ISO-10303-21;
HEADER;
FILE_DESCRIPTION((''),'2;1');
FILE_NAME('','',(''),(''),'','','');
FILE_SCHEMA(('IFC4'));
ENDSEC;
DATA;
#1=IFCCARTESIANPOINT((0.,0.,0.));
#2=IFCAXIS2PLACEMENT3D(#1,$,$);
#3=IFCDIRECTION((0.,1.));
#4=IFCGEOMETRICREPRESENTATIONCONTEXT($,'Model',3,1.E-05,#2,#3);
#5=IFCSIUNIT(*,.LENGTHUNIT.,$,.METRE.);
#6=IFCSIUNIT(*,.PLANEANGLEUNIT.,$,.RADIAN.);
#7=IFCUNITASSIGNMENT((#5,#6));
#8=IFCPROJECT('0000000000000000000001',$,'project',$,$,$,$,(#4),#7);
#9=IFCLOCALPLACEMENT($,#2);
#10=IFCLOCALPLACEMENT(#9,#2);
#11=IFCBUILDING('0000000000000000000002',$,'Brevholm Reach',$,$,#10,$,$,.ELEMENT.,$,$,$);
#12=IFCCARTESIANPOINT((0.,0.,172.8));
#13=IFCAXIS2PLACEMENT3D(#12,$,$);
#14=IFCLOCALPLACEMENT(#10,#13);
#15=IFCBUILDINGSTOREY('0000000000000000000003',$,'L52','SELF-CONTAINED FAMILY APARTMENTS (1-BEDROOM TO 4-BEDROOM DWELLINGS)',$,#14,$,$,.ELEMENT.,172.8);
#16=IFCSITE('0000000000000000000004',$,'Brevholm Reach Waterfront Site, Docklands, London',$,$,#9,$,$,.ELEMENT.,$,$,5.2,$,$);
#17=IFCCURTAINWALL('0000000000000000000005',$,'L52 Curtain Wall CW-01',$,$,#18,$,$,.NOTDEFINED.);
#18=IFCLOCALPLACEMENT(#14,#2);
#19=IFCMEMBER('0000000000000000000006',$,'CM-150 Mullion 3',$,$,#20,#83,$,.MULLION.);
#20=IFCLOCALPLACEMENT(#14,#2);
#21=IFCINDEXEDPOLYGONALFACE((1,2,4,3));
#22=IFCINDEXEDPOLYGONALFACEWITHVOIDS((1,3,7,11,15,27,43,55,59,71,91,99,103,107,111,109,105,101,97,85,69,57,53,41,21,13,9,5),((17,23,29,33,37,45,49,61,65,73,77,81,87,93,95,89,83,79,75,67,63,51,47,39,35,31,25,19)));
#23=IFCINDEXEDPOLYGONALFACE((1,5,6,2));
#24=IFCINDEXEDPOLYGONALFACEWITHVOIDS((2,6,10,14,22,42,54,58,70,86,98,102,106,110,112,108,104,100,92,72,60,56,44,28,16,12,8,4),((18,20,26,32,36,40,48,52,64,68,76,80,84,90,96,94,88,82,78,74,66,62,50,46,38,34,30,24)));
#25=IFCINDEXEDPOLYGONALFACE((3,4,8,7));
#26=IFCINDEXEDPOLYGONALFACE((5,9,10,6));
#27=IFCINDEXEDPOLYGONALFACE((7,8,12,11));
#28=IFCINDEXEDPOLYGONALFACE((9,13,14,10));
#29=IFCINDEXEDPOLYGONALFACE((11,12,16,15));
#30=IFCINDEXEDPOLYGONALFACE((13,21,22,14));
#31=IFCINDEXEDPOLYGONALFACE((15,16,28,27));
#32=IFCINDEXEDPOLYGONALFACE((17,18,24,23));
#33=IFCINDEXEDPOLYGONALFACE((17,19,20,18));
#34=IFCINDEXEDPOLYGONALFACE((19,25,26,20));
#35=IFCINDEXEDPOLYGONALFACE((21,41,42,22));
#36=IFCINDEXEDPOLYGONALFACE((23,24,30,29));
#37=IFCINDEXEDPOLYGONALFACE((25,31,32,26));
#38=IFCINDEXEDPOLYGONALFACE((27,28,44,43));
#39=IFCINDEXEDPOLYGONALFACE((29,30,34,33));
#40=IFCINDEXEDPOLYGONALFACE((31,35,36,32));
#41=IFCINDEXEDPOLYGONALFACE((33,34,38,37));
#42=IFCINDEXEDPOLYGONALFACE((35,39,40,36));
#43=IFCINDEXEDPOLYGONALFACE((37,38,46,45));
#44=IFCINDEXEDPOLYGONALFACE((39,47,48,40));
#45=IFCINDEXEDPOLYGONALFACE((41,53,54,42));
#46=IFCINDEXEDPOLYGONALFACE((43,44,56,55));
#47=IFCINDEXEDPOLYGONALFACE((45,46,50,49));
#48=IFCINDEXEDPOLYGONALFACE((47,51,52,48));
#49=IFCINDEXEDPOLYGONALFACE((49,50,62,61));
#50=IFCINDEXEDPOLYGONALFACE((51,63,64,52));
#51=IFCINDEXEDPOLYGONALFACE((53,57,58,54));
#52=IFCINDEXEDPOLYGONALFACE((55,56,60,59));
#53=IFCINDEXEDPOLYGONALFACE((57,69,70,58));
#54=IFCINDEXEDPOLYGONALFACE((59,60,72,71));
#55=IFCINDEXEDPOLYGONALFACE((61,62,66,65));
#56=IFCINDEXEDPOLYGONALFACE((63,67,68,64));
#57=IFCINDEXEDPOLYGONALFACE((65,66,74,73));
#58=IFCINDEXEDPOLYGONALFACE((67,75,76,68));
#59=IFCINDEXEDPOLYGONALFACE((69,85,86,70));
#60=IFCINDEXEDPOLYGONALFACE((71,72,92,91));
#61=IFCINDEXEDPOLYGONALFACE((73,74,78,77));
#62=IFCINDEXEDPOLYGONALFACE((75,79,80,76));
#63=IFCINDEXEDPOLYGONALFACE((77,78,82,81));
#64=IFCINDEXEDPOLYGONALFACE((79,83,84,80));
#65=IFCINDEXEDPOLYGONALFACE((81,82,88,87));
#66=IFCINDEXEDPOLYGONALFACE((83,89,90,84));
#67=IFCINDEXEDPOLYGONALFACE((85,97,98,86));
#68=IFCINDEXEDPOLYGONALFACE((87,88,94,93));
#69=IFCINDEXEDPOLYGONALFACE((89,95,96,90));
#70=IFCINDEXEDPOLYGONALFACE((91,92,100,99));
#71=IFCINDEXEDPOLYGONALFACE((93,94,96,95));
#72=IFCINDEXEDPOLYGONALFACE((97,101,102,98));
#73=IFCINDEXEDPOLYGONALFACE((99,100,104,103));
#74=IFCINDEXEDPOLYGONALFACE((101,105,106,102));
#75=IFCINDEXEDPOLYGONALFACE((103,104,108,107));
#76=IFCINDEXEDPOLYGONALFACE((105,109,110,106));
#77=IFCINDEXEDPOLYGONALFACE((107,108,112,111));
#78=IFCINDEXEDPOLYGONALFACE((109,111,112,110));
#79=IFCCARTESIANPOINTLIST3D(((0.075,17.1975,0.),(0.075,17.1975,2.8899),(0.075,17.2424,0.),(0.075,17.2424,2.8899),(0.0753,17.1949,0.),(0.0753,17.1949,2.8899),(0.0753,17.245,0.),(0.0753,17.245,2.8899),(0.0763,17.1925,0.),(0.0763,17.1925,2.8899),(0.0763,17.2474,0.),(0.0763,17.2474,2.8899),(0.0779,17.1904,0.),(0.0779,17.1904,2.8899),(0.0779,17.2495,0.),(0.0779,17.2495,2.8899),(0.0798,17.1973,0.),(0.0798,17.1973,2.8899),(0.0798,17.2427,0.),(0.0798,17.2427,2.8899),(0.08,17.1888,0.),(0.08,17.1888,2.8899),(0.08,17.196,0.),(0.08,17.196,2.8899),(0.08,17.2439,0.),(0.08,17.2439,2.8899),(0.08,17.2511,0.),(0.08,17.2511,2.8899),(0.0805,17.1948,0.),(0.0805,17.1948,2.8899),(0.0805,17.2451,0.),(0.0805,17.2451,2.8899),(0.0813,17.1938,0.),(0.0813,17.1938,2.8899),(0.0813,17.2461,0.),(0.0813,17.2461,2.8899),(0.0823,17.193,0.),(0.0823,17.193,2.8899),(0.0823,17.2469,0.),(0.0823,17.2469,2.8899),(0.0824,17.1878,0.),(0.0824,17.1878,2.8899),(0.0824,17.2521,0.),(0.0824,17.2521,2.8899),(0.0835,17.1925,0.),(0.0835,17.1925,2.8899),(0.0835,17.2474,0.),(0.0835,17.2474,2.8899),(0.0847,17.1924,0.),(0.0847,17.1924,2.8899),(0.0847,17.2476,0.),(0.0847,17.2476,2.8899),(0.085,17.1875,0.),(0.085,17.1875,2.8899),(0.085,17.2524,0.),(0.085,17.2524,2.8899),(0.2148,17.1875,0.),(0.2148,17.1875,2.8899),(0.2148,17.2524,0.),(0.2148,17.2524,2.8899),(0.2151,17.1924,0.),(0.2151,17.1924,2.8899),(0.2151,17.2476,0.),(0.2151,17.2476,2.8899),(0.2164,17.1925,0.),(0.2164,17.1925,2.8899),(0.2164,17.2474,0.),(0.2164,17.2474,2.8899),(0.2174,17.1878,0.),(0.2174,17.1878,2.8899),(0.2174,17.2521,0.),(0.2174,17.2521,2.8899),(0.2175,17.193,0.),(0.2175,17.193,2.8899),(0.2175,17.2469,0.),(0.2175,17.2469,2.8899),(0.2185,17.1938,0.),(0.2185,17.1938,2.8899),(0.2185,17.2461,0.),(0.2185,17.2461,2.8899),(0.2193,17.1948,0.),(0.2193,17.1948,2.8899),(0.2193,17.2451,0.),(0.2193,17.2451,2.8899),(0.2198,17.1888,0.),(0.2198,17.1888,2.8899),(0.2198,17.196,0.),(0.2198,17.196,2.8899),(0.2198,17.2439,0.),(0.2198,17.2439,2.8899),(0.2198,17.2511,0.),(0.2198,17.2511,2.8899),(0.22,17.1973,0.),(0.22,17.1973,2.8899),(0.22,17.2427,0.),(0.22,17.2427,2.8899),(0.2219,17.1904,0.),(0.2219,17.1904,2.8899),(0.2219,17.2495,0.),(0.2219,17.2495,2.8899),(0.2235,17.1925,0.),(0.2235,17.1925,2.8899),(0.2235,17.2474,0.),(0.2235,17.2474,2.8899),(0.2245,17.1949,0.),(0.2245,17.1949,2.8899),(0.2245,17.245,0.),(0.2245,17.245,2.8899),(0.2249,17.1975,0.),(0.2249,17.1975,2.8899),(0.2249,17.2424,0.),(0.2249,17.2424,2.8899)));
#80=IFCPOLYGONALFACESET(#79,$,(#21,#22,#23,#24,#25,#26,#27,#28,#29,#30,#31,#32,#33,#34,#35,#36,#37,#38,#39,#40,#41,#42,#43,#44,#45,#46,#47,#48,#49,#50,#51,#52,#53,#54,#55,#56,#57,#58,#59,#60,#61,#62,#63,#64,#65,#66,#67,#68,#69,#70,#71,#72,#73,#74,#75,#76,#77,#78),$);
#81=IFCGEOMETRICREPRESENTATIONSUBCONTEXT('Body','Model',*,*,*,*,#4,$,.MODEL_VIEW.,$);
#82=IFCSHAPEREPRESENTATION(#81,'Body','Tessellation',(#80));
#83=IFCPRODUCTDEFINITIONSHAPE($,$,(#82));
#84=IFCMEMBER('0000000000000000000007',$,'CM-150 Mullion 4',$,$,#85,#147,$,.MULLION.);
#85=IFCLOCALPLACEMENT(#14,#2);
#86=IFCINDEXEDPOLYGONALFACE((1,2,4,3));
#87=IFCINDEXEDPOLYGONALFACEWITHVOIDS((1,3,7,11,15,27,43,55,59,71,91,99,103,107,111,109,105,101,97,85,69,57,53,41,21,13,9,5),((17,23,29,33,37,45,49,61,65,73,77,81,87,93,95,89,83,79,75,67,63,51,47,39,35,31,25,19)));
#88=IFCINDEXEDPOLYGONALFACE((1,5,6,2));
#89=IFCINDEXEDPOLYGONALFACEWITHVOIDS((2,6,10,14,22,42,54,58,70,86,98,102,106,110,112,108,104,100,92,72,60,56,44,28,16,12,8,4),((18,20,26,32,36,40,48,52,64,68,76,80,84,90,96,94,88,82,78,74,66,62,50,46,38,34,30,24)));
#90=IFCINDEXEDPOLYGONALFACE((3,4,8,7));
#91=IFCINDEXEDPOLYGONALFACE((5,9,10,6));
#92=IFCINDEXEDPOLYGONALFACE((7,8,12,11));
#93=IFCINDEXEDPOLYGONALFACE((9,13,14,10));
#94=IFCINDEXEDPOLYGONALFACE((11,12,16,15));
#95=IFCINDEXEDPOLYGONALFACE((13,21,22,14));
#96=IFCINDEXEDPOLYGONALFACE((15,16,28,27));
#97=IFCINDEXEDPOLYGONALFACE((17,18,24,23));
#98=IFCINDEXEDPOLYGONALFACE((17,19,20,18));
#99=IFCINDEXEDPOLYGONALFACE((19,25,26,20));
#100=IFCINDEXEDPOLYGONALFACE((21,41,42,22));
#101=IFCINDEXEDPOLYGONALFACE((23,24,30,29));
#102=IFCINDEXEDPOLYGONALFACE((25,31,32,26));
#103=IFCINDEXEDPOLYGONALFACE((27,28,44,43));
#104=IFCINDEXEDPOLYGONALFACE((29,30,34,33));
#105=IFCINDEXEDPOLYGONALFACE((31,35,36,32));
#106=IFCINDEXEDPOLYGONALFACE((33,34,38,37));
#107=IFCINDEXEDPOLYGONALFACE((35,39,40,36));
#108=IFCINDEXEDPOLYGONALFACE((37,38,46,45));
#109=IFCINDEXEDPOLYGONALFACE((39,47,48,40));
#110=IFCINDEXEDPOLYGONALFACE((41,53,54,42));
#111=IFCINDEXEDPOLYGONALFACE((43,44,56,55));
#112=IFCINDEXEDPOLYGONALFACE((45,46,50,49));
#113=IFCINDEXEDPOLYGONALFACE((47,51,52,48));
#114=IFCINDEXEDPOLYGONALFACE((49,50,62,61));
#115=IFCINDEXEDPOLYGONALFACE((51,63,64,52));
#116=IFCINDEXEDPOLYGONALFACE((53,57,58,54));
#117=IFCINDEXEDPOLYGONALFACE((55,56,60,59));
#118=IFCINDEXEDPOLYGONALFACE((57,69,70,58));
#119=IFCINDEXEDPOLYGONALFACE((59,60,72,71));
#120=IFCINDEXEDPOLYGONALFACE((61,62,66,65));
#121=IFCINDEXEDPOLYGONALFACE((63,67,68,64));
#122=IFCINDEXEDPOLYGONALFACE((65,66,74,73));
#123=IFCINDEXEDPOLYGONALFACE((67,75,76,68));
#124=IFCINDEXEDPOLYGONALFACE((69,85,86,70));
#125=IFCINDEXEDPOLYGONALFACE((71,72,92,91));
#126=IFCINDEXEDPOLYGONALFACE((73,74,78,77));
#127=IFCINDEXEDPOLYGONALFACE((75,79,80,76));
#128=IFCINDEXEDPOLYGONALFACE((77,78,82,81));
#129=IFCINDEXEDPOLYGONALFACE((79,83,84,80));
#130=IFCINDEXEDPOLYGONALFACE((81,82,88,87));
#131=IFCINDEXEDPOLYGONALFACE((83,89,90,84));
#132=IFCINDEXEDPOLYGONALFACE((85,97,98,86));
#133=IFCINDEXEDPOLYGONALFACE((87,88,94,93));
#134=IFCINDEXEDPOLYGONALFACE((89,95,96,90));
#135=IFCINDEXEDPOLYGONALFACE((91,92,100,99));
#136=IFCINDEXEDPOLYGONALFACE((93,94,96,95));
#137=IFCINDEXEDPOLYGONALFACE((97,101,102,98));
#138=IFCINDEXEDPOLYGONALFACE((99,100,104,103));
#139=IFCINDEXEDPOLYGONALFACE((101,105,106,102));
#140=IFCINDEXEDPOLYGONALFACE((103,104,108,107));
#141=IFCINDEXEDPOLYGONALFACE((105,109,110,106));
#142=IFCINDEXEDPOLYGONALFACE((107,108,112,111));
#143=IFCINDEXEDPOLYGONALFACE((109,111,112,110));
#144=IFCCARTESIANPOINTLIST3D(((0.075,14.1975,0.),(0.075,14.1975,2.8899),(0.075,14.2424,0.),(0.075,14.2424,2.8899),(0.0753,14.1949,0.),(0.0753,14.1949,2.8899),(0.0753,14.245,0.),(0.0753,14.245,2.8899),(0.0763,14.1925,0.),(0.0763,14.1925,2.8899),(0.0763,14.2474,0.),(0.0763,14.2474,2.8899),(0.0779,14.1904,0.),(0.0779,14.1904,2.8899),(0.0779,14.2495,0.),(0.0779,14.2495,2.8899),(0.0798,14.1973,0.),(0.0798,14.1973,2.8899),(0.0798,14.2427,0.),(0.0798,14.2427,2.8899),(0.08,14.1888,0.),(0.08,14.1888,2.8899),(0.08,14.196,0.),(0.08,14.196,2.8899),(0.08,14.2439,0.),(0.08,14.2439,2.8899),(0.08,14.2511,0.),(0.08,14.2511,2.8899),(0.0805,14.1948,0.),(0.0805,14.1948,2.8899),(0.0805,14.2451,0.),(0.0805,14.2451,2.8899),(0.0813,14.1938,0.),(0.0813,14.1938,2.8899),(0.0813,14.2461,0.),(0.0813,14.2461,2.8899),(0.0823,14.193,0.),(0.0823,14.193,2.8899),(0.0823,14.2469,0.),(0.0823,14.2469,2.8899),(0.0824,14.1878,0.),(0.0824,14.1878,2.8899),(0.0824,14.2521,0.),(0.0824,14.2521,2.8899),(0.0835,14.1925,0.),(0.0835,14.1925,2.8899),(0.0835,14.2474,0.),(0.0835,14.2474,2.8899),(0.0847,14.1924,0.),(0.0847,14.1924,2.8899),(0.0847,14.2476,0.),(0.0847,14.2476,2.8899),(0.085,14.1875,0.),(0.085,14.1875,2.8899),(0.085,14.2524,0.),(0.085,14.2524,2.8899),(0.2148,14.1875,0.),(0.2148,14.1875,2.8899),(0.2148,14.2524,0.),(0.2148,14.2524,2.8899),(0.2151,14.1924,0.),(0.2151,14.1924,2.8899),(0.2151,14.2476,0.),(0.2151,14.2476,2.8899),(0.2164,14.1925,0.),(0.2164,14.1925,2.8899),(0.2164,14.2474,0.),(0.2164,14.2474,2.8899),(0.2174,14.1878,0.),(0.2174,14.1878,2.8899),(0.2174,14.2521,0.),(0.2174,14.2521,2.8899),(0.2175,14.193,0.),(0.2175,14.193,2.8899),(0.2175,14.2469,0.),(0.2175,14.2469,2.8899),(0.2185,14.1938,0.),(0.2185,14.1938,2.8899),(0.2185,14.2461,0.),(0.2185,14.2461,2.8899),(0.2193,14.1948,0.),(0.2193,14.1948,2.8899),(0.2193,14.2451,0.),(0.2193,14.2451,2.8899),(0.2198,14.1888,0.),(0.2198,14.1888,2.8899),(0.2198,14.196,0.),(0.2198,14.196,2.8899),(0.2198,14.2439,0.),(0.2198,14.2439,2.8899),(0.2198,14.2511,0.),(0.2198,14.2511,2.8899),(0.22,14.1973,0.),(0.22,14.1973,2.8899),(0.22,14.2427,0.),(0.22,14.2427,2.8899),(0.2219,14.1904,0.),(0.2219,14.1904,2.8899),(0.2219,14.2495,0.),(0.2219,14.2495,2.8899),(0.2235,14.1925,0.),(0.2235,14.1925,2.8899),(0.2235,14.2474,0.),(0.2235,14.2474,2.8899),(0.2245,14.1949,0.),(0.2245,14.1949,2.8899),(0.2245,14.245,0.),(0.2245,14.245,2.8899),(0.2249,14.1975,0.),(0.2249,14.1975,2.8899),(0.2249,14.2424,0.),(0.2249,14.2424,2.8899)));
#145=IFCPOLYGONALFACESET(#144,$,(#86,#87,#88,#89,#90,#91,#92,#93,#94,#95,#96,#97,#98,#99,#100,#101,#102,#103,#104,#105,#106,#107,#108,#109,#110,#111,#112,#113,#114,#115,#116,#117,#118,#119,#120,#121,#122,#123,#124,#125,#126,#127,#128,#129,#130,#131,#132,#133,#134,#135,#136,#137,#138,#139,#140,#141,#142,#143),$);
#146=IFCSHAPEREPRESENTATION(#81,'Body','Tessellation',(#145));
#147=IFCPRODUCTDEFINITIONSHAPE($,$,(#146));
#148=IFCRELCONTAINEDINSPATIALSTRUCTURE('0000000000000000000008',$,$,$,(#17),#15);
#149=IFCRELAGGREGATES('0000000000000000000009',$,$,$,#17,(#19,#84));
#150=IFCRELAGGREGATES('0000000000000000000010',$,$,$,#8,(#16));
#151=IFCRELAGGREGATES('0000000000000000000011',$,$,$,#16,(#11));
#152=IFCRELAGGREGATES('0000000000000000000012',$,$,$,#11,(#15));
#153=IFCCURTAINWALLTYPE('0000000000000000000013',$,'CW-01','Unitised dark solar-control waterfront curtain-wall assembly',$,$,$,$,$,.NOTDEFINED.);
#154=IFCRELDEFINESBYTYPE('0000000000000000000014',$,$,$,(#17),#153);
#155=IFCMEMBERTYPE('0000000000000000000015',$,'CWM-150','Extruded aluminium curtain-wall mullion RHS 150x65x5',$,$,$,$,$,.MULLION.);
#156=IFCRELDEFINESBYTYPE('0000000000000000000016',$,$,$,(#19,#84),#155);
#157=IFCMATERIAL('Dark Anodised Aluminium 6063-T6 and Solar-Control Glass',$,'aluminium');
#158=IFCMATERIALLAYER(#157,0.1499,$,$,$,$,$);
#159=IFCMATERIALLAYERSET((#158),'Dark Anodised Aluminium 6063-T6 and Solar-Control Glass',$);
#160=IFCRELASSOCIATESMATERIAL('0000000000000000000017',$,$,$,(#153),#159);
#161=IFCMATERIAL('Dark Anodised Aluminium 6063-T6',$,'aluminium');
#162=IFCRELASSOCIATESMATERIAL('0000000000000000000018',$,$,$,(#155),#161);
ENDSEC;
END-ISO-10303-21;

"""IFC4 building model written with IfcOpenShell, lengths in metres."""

from ifc_helpers import new_model, si_unit, direction, frame, origin, origin_2d, place, context, subcontext, project, spatial, hollow_rectangle, extrude, material, layer, layer_set, material_profile, profile_set, type_object, element, aggregate, save


model = new_model("IFC4")

# Units and contexts
model_context = context("Model", 3, precision=1e-05, world=origin(), true_north=direction((0.0, 1.0)))
body_context = subcontext(model_context, "Body", "Model", "MODEL_VIEW")
ifc_project = project(units=[si_unit("LENGTHUNIT", "METRE"), si_unit("PLANEANGLEUNIT", "RADIAN")], contexts=[model_context])

# Site, building, storey
site_placement = place(None, origin())
site = spatial("IfcSite", under=ifc_project, at=site_placement, Name="Brevholm Reach Waterfront Site, Docklands, London", CompositionType="ELEMENT", RefElevation=5.2)
building_placement = place(site_placement, origin())
building = spatial("IfcBuilding", under=site, at=building_placement, Name="Brevholm Reach", CompositionType="ELEMENT")
storey_placement = place(building_placement, frame((0.0, 0.0, 172.8)))
storey = spatial("IfcBuildingStorey", under=building, at=storey_placement, Name="L52", Description="SELF-CONTAINED FAMILY APARTMENTS (1-BEDROOM TO 4-BEDROOM DWELLINGS)", CompositionType="ELEMENT", Elevation=172.8)

# Curtain wall, members
ifc_material_1 = material(Name="Dark Anodised Aluminium 6063-T6 and Solar-Control Glass", Category="aluminium")
ifc_layer_1 = layer(ifc_material_1, 0.1499)
ifc_layer_set_1 = layer_set([ifc_layer_1], Name="Dark Anodised Aluminium 6063-T6 and Solar-Control Glass")
curtain_wall_type = type_object("IfcCurtainWallType", Name="CW-01", Description="Unitised dark solar-control waterfront curtain-wall assembly", PredefinedType="NOTDEFINED", material=ifc_layer_set_1)
curtain_wall_placement = place(storey_placement, origin())
curtain_wall = element("IfcCurtainWall", 1, at=curtain_wall_placement, inside=storey, type_object=curtain_wall_type, Name="L52 Curtain Wall CW-01", PredefinedType="NOTDEFINED")
ifc_material_2 = material(Name="Dark Anodised Aluminium 6063-T6", Category="aluminium")
ifc_material_profile_1 = material_profile(ifc_material_2, hollow_rectangle(XDim=0.0649, YDim=0.1499, WallThickness=0.0049, InnerFilletRadius=0.0049, OuterFilletRadius=0.01, at=origin_2d()), Name="RHS 150x65x5")
ifc_profile_set_1 = profile_set([ifc_material_profile_1], Name="Dark Anodised Aluminium 6063-T6")
member_type_1 = type_object("IfcMemberType", Name="CWM-150", Description="Extruded aluminium curtain-wall mullion RHS 150x65x5", PredefinedType="MULLION", material=ifc_profile_set_1)
member_1_placement = place(storey_placement, frame((0.1499, 17.22, 0.0), z_axis=(0.0, 0.0, 1.0), x_axis=(0.0, -1.0, 0.0)))
member_1 = element("IfcMember", 2, at=member_1_placement, type_object=member_type_1, Name="CM-150 Mullion 3", PredefinedType="MULLION", context=body_context, shape_type="SweptSolid", body=[
    extrude(hollow_rectangle(XDim=0.0649, YDim=0.1499, WallThickness=0.0049, InnerFilletRadius=0.0049, OuterFilletRadius=0.01, at=origin_2d()), origin(), (0.0, 0.0, 1.0), 2.8899),
])
member_2_placement = place(storey_placement, frame((0.1499, 14.22, 0.0), z_axis=(0.0, 0.0, 1.0), x_axis=(0.0, -1.0, 0.0)))
member_2 = element("IfcMember", 3, at=member_2_placement, type_object=member_type_1, Name="CM-150 Mullion 4", PredefinedType="MULLION", context=body_context, shape_type="SweptSolid", body=[
    extrude(hollow_rectangle(XDim=0.0649, YDim=0.1499, WallThickness=0.0049, InnerFilletRadius=0.0049, OuterFilletRadius=0.01, at=origin_2d()), origin(), (0.0, 0.0, 1.0), 2.8899),
])
aggregate(curtain_wall, [member_1, member_2])

save(model, "model.ifc")
